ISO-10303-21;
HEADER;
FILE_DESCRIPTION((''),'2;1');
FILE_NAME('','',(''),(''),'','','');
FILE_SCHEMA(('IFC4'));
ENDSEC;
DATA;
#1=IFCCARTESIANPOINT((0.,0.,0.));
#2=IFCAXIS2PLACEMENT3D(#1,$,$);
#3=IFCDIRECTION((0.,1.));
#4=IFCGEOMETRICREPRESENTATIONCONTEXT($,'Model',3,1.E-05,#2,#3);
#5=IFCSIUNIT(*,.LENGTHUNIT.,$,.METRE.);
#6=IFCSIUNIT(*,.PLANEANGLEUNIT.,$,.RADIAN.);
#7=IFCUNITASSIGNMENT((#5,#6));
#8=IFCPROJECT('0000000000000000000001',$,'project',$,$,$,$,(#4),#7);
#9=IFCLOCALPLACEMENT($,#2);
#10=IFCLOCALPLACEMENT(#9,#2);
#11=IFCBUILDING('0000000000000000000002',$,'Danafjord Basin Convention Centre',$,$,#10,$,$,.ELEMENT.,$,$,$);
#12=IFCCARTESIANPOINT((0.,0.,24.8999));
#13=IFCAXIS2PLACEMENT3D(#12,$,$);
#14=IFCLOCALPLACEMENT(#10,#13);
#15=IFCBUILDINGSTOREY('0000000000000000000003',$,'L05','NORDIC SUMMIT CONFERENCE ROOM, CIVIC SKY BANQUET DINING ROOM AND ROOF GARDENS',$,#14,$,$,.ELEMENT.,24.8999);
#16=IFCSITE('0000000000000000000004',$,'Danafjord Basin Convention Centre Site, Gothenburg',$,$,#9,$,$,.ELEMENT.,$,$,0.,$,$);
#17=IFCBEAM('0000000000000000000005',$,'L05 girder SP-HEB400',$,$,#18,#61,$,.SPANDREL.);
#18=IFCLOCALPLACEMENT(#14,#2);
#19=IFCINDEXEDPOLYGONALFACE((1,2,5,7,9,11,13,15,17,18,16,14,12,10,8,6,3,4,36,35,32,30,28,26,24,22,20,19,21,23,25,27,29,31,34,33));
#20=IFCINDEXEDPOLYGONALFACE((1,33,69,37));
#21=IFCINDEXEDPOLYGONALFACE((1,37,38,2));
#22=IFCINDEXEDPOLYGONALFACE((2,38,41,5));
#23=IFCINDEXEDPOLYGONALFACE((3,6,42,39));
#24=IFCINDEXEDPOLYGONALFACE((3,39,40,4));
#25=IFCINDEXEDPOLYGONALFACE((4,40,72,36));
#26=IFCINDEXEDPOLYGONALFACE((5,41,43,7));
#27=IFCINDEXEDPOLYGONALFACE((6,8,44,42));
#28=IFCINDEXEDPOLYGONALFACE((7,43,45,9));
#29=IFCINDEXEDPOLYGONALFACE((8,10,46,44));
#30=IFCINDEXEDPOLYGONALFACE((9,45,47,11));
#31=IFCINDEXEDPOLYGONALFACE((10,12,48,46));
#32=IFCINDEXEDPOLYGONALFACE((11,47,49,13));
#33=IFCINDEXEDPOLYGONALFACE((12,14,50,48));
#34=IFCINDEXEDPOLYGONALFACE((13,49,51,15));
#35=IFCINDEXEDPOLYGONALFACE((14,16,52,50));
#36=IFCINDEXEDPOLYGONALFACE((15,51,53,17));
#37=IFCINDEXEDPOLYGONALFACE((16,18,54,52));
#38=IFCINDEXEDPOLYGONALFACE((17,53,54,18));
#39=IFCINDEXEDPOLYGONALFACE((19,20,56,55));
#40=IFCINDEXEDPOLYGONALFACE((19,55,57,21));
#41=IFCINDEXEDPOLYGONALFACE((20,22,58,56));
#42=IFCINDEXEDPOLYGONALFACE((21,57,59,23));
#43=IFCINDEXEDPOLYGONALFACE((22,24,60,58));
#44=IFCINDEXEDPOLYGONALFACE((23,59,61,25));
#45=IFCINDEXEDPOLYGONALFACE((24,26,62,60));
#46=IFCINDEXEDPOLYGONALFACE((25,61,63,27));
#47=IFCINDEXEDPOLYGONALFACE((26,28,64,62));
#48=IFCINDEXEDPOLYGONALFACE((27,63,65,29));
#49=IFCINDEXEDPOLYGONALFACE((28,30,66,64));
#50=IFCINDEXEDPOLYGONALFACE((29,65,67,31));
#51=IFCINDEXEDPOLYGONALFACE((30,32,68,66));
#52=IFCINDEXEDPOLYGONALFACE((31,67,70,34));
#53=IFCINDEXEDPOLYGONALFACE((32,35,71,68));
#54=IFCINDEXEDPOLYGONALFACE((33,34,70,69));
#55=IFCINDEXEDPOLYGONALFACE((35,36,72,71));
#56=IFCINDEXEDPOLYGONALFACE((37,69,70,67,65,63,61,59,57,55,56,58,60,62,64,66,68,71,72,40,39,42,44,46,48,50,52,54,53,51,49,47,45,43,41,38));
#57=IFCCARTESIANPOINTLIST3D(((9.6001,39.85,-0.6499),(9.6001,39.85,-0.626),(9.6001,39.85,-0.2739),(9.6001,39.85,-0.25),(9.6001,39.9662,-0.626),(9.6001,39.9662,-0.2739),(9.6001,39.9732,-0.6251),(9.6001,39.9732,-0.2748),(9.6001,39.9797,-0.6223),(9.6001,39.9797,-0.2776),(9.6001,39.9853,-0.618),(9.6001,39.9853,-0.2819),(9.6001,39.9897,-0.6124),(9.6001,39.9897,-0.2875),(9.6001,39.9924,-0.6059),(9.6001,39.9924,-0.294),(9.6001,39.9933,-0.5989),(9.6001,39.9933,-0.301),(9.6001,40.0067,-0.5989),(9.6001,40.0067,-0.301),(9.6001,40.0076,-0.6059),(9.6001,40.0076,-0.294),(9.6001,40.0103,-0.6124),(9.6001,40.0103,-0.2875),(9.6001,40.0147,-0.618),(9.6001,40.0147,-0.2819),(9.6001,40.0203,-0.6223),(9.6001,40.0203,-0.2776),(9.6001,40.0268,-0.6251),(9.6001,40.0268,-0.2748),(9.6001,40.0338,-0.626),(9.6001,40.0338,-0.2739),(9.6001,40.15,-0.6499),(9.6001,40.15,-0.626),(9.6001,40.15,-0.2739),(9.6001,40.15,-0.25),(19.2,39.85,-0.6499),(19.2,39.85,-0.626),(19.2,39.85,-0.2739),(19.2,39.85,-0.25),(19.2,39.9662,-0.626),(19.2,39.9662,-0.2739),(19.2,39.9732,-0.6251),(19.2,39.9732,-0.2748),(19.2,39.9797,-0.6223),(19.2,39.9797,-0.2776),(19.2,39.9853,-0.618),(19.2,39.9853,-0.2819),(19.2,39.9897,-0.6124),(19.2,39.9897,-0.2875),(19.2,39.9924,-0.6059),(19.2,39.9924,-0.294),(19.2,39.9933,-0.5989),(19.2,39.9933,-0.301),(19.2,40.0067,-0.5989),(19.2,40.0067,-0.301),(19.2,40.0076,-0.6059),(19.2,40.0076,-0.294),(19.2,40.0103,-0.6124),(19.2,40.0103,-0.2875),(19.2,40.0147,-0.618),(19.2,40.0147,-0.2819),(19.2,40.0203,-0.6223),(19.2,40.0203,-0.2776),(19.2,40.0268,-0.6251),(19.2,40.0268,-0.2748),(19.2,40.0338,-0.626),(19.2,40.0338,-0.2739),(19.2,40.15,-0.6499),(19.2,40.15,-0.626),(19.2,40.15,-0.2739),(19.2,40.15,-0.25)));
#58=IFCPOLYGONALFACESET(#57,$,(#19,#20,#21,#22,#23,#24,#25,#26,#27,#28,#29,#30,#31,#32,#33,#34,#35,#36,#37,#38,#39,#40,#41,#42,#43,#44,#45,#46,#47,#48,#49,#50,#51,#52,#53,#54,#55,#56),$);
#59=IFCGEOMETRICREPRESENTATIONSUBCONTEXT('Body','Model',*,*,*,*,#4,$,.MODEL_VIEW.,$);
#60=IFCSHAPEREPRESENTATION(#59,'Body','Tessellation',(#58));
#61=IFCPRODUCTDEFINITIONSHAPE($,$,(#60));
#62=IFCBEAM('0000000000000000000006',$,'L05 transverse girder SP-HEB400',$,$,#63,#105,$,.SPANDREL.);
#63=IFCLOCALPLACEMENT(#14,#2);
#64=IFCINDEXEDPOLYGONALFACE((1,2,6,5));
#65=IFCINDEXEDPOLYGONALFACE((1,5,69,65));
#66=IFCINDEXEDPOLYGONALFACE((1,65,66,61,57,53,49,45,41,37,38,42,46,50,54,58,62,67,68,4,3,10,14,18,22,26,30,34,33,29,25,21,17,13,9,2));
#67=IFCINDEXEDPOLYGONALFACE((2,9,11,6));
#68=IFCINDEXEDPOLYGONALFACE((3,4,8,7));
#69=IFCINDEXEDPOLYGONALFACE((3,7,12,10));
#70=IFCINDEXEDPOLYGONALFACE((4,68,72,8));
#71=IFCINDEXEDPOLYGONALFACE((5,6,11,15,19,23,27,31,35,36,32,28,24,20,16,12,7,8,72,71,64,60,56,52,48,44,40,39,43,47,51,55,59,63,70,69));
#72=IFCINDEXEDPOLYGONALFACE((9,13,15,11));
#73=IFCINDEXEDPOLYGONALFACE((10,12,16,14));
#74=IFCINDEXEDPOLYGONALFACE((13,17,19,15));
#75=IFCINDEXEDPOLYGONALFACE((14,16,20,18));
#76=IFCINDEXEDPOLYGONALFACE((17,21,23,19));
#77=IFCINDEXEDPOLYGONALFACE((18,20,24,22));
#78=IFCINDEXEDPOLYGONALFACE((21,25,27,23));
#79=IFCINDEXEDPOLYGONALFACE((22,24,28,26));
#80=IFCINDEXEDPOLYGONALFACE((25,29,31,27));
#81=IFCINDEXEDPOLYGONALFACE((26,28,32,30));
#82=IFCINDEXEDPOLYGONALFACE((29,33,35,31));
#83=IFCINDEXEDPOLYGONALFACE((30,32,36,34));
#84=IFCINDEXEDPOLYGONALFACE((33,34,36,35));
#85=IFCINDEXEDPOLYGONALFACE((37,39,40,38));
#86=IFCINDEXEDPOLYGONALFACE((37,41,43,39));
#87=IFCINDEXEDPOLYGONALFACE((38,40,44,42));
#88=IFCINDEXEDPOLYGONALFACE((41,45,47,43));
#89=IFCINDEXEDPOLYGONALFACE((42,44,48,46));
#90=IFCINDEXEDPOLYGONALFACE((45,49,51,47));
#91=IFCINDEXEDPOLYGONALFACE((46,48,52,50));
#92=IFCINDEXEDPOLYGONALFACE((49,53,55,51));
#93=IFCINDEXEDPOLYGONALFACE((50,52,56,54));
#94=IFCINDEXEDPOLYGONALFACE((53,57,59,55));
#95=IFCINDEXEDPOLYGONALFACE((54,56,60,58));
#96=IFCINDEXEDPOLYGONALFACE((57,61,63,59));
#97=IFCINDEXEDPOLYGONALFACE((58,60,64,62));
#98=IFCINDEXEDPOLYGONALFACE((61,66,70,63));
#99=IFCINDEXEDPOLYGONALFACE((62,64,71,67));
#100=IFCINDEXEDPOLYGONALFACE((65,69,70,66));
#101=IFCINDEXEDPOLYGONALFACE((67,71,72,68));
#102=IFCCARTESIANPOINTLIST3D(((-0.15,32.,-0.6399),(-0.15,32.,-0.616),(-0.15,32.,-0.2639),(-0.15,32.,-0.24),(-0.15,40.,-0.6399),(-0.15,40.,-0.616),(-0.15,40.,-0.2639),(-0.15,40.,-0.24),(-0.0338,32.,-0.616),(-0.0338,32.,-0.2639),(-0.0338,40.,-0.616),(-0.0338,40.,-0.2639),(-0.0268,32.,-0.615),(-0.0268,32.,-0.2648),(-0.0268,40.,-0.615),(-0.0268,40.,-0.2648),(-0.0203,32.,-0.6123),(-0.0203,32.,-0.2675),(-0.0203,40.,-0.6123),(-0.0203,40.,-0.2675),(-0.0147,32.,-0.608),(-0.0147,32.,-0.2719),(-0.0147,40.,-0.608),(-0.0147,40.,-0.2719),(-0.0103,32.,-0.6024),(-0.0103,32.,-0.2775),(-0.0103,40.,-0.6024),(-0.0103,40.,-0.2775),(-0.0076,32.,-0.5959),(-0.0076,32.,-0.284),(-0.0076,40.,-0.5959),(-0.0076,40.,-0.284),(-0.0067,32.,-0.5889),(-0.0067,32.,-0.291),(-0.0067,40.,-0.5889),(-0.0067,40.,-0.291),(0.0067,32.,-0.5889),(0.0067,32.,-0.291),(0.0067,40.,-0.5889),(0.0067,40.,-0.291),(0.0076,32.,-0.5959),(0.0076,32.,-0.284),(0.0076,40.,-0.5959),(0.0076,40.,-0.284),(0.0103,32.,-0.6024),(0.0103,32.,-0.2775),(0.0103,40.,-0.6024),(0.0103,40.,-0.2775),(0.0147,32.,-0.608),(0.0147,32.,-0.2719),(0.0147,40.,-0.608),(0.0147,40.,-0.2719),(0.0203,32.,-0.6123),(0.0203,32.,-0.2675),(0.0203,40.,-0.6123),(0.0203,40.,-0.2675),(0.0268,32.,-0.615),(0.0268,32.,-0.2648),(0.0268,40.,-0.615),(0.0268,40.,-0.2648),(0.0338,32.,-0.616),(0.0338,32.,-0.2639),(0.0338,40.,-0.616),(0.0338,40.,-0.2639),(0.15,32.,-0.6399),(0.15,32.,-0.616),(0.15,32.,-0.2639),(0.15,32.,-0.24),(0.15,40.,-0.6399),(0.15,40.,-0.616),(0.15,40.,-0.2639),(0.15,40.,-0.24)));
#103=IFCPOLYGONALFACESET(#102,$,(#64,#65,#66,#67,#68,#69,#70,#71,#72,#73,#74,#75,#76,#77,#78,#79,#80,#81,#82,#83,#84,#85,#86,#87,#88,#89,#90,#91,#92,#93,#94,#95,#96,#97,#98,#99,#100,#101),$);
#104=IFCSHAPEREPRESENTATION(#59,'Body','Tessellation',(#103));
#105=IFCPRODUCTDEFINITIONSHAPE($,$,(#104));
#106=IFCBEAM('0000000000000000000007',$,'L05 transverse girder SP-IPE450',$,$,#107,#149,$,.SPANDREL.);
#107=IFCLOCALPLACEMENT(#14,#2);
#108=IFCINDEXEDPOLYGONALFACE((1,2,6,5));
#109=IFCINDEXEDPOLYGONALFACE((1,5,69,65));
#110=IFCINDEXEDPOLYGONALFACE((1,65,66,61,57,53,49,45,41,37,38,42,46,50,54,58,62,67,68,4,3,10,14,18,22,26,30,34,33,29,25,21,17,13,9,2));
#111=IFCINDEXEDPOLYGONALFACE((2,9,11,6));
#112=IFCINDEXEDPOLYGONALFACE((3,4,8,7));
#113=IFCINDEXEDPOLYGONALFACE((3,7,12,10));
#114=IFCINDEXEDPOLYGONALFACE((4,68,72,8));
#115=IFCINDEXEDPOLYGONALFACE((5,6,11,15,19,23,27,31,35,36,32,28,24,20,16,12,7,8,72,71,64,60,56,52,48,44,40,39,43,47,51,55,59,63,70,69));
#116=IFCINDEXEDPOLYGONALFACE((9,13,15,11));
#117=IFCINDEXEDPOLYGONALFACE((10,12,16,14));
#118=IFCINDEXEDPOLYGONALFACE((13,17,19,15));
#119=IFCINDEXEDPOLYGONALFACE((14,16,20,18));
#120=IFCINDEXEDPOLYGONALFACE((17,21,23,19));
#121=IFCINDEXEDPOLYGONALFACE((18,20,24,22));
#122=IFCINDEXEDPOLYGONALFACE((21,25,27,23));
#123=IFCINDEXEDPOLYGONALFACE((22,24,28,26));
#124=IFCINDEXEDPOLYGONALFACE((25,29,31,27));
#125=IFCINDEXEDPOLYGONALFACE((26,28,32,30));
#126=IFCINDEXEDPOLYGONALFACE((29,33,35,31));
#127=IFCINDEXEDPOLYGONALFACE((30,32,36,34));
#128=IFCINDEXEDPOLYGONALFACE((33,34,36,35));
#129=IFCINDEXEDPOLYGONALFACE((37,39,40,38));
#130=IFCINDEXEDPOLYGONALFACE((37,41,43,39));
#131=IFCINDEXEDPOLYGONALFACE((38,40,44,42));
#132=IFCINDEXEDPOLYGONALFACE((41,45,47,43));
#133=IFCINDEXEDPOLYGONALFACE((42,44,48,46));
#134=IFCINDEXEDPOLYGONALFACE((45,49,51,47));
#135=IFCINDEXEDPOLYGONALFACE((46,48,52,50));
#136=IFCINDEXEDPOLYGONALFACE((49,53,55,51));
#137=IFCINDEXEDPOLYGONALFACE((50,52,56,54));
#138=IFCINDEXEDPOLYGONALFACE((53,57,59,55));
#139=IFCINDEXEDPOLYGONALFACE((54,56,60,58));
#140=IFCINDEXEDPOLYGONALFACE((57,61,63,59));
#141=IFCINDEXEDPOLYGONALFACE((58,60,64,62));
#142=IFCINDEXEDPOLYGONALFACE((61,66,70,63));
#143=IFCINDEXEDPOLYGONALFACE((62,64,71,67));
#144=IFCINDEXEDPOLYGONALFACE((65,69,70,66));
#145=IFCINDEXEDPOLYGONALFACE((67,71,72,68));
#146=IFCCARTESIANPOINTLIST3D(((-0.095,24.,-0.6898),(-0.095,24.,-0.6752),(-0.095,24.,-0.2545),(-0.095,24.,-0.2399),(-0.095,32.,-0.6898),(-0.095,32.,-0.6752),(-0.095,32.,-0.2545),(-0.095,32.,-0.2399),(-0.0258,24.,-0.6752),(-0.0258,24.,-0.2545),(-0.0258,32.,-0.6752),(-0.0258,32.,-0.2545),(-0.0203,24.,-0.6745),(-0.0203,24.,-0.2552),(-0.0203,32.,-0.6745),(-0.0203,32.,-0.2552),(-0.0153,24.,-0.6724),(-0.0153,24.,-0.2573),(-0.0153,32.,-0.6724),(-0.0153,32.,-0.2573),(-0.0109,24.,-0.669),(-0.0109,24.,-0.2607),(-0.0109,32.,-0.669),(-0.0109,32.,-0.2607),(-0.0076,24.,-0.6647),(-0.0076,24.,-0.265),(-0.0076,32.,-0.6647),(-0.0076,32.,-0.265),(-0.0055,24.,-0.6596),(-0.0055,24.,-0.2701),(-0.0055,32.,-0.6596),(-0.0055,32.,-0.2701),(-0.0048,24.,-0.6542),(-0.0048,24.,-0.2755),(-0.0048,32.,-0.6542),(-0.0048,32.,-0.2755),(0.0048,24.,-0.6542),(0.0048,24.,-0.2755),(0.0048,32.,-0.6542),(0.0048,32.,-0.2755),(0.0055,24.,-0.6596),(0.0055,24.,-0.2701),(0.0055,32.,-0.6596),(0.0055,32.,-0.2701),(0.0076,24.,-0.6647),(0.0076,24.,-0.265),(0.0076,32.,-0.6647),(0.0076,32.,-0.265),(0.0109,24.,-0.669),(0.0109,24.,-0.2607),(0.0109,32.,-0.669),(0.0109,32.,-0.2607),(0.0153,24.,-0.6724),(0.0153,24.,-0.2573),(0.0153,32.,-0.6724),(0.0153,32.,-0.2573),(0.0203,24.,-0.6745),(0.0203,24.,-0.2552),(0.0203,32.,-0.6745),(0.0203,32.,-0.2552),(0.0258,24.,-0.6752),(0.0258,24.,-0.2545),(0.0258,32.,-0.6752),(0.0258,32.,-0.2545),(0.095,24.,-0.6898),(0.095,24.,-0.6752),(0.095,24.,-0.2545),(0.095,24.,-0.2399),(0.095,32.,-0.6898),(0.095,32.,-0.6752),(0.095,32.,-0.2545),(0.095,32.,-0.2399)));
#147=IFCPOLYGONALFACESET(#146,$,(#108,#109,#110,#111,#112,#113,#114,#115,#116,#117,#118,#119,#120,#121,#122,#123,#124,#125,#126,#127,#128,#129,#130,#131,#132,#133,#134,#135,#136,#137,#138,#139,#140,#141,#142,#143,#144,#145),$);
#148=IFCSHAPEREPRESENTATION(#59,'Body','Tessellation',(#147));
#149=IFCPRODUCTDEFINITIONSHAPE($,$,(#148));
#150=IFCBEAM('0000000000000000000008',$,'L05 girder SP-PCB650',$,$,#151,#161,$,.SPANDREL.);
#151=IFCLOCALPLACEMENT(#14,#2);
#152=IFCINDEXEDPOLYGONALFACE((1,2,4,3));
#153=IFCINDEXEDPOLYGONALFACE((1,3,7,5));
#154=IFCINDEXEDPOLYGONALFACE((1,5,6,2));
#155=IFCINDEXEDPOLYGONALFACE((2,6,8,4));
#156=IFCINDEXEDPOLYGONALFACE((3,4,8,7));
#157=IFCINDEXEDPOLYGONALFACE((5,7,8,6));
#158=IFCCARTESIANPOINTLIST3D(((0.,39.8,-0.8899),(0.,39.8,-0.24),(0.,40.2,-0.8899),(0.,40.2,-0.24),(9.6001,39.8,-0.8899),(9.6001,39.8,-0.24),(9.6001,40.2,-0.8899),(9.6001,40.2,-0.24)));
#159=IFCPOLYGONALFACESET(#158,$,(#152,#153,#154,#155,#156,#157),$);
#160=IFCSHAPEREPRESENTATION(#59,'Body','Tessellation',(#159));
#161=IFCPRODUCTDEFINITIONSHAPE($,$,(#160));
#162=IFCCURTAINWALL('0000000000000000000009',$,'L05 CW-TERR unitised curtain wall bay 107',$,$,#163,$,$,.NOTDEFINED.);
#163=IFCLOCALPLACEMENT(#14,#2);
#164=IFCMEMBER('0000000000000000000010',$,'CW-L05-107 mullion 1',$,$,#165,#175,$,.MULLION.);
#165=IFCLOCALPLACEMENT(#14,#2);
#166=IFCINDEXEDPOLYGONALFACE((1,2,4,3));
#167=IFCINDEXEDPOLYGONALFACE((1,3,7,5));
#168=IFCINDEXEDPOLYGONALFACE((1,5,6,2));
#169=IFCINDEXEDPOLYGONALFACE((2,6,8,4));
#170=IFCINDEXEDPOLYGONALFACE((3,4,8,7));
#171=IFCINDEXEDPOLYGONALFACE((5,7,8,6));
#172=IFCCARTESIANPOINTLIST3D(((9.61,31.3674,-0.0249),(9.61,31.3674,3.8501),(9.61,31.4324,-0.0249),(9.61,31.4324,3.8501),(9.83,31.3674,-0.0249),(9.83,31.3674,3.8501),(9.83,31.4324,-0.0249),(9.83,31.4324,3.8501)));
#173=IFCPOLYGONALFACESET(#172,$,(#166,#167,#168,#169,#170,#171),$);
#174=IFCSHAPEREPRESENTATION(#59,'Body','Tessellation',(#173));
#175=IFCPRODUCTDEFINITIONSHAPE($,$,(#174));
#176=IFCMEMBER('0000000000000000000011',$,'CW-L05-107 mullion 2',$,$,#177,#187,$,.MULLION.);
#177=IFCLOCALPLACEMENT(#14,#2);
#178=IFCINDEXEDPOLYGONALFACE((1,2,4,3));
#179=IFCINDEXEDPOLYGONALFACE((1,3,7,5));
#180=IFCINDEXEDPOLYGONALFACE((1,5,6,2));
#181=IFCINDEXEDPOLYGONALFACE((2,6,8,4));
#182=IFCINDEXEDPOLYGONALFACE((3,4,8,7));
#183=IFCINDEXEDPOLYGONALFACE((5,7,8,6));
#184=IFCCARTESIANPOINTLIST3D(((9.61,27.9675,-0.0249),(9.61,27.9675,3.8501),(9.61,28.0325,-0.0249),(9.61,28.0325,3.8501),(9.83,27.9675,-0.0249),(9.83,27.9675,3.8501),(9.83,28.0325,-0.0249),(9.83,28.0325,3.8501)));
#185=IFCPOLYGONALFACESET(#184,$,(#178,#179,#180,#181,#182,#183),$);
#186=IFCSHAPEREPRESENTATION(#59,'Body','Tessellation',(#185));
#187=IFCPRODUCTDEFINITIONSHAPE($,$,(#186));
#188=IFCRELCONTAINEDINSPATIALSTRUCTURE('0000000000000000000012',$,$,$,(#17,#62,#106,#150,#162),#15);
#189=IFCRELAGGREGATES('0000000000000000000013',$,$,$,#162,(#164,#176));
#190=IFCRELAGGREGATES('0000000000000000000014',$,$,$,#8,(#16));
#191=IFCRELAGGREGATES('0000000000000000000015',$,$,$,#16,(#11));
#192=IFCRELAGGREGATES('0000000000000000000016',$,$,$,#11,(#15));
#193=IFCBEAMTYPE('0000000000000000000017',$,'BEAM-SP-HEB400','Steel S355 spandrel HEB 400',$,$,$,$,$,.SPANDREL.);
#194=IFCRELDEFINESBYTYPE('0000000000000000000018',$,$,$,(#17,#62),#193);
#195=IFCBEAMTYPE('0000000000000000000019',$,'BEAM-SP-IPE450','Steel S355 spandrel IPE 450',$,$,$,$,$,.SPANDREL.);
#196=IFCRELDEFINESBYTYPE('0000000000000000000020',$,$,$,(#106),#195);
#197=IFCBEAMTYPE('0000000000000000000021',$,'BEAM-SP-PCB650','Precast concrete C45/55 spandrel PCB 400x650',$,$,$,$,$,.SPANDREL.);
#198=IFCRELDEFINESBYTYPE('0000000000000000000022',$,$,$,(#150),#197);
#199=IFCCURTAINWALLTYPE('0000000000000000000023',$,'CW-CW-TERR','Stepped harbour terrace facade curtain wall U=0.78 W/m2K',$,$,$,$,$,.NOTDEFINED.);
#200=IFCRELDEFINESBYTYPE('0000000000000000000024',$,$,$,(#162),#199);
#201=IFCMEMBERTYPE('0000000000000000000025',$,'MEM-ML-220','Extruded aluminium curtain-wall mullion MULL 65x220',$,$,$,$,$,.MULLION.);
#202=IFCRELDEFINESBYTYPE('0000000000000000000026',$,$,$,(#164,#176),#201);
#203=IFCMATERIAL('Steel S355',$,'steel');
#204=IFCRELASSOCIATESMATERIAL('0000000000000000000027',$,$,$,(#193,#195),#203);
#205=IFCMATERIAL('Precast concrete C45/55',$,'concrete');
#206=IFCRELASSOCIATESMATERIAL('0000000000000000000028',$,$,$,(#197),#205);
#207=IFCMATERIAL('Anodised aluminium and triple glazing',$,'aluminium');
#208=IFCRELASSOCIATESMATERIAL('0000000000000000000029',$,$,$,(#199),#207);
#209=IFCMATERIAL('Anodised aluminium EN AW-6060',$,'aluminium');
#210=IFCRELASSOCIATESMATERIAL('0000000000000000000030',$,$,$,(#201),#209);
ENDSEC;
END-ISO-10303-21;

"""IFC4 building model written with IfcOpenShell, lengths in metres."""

from ifc_helpers import new_model, si_unit, direction, frame, origin, origin_2d, place, context, subcontext, project, spatial, rectangle, i_section, extrude, material, material_profile, profile_set, type_object, element, aggregate, save


model = new_model("IFC4")

# Units and contexts
model_context = context("Model", 3, precision=1e-05, world=origin(), true_north=direction((0.0, 1.0)))
body_context = subcontext(model_context, "Body", "Model", "MODEL_VIEW")
ifc_project = project(units=[si_unit("LENGTHUNIT", "METRE"), si_unit("PLANEANGLEUNIT", "RADIAN")], contexts=[model_context])

# Site, building, storey
site_placement = place(None, origin())
site = spatial("IfcSite", under=ifc_project, at=site_placement, Name="Danafjord Basin Convention Centre Site, Gothenburg", CompositionType="ELEMENT", RefElevation=0.0)
building_placement = place(site_placement, origin())
building = spatial("IfcBuilding", under=site, at=building_placement, Name="Danafjord Basin Convention Centre", CompositionType="ELEMENT")
storey_placement = place(building_placement, frame((0.0, 0.0, 24.8999)))
storey = spatial("IfcBuildingStorey", under=building, at=storey_placement, Name="L05", Description="NORDIC SUMMIT CONFERENCE ROOM, CIVIC SKY BANQUET DINING ROOM AND ROOF GARDENS", CompositionType="ELEMENT", Elevation=24.8999)

# Shared definitions
ifc_material_1 = material(Name="Steel S355", Category="steel")

# Beams
ifc_material_profile_1 = material_profile(ifc_material_1, i_section(OverallWidth=0.3, OverallDepth=0.3999, WebThickness=0.0134, FlangeThickness=0.0239, FilletRadius=0.0271, at=origin_2d()), Name="HEB 400")
ifc_profile_set_1 = profile_set([ifc_material_profile_1], Name="Steel S355")
beam_type_1 = type_object("IfcBeamType", Name="BEAM-SP-HEB400", Description="Steel S355 spandrel HEB 400", PredefinedType="SPANDREL", material=ifc_profile_set_1)
beam_1_placement = place(storey_placement, frame((9.6001, 40.0, -0.45), z_axis=(1.0, 0.0, 0.0), x_axis=(0.0, 1.0, 0.0)))
element("IfcBeam", 1, at=beam_1_placement, inside=storey, type_object=beam_type_1, Name="L05 girder SP-HEB400", PredefinedType="SPANDREL", context=body_context, shape_type="SweptSolid", body=[
    extrude(i_section(OverallWidth=0.3, OverallDepth=0.3999, WebThickness=0.0134, FlangeThickness=0.0239, FilletRadius=0.0271, at=origin_2d()), origin(), (0.0, 0.0, 1.0), 9.5999),
])
beam_2_placement = place(storey_placement, frame((0.0, 32.0, -0.4399), z_axis=(0.0, 1.0, 0.0), x_axis=(-1.0, 0.0, 0.0)))
element("IfcBeam", 2, at=beam_2_placement, inside=storey, type_object=beam_type_1, Name="L05 transverse girder SP-HEB400", PredefinedType="SPANDREL", context=body_context, shape_type="SweptSolid", body=[
    extrude(i_section(OverallWidth=0.3, OverallDepth=0.3999, WebThickness=0.0134, FlangeThickness=0.0239, FilletRadius=0.0271, at=origin_2d()), origin(), (0.0, 0.0, 1.0), 8.0),
])
ifc_material_profile_2 = material_profile(ifc_material_1, i_section(OverallWidth=0.1899, OverallDepth=0.45, WebThickness=0.0095, FlangeThickness=0.0146, FilletRadius=0.021, at=origin_2d()), Name="IPE 450")
ifc_profile_set_2 = profile_set([ifc_material_profile_2], Name="Steel S355")
beam_type_2 = type_object("IfcBeamType", Name="BEAM-SP-IPE450", Description="Steel S355 spandrel IPE 450", PredefinedType="SPANDREL", material=ifc_profile_set_2)
beam_3_placement = place(storey_placement, frame((0.0, 24.0, -0.4648), z_axis=(0.0, 1.0, 0.0), x_axis=(-1.0, 0.0, 0.0)))
element("IfcBeam", 3, at=beam_3_placement, inside=storey, type_object=beam_type_2, Name="L05 transverse girder SP-IPE450", PredefinedType="SPANDREL", context=body_context, shape_type="SweptSolid", body=[
    extrude(i_section(OverallWidth=0.1899, OverallDepth=0.45, WebThickness=0.0095, FlangeThickness=0.0146, FilletRadius=0.021, at=origin_2d()), origin(), (0.0, 0.0, 1.0), 8.0),
])
ifc_material_2 = material(Name="Precast concrete C45/55", Category="concrete")
ifc_material_profile_3 = material_profile(ifc_material_2, rectangle(XDim=0.3999, YDim=0.6499, at=origin_2d()), Name="PCB 400x650")
ifc_profile_set_3 = profile_set([ifc_material_profile_3], Name="Precast concrete C45/55")
beam_type_3 = type_object("IfcBeamType", Name="BEAM-SP-PCB650", Description="Precast concrete C45/55 spandrel PCB 400x650", PredefinedType="SPANDREL", material=ifc_profile_set_3)
beam_4_placement = place(storey_placement, frame((0.0, 40.0, -0.5649), z_axis=(1.0, 0.0, 0.0), x_axis=(0.0, 1.0, 0.0)))
element("IfcBeam", 4, at=beam_4_placement, inside=storey, type_object=beam_type_3, Name="L05 girder SP-PCB650", PredefinedType="SPANDREL", context=body_context, shape_type="SweptSolid", body=[
    extrude(rectangle(XDim=0.3999, YDim=0.6499, at=origin_2d()), origin(), (0.0, 0.0, 1.0), 9.6001),
])

# Curtain wall, members
ifc_material_3 = material(Name="Anodised aluminium and triple glazing", Category="aluminium")
curtain_wall_type = type_object("IfcCurtainWallType", Name="CW-CW-TERR", Description="Stepped harbour terrace facade curtain wall U=0.78 W/m2K", PredefinedType="NOTDEFINED", material=ifc_material_3)
curtain_wall_placement = place(storey_placement, origin())
curtain_wall = element("IfcCurtainWall", 5, at=curtain_wall_placement, inside=storey, type_object=curtain_wall_type, Name="L05 CW-TERR unitised curtain wall bay 107", PredefinedType="NOTDEFINED")
ifc_material_4 = material(Name="Anodised aluminium EN AW-6060", Category="aluminium")
ifc_material_profile_4 = material_profile(ifc_material_4, rectangle(XDim=0.0649, YDim=0.22, at=origin_2d()), Name="MULL 65x220")
ifc_profile_set_4 = profile_set([ifc_material_profile_4], Name="Anodised aluminium EN AW-6060")
member_type_1 = type_object("IfcMemberType", Name="MEM-ML-220", Description="Extruded aluminium curtain-wall mullion MULL 65x220", PredefinedType="MULLION", material=ifc_profile_set_4)
member_1_placement = place(storey_placement, frame((9.72, 31.3999, -0.0249), z_axis=(0.0, 0.0, 1.0), x_axis=(0.0, -1.0, 0.0)))
member_1 = element("IfcMember", 6, at=member_1_placement, type_object=member_type_1, Name="CW-L05-107 mullion 1", PredefinedType="MULLION", context=body_context, shape_type="SweptSolid", body=[
    extrude(rectangle(XDim=0.0649, YDim=0.22, at=origin_2d()), origin(), (0.0, 0.0, 1.0), 3.875),
])
member_2_placement = place(storey_placement, frame((9.72, 28.0, -0.0249), z_axis=(0.0, 0.0, 1.0), x_axis=(0.0, -1.0, 0.0)))
member_2 = element("IfcMember", 7, at=member_2_placement, type_object=member_type_1, Name="CW-L05-107 mullion 2", PredefinedType="MULLION", context=body_context, shape_type="SweptSolid", body=[
    extrude(rectangle(XDim=0.0649, YDim=0.22, at=origin_2d()), origin(), (0.0, 0.0, 1.0), 3.875),
])
aggregate(curtain_wall, [member_1, member_2])

save(model, "model.ifc")
